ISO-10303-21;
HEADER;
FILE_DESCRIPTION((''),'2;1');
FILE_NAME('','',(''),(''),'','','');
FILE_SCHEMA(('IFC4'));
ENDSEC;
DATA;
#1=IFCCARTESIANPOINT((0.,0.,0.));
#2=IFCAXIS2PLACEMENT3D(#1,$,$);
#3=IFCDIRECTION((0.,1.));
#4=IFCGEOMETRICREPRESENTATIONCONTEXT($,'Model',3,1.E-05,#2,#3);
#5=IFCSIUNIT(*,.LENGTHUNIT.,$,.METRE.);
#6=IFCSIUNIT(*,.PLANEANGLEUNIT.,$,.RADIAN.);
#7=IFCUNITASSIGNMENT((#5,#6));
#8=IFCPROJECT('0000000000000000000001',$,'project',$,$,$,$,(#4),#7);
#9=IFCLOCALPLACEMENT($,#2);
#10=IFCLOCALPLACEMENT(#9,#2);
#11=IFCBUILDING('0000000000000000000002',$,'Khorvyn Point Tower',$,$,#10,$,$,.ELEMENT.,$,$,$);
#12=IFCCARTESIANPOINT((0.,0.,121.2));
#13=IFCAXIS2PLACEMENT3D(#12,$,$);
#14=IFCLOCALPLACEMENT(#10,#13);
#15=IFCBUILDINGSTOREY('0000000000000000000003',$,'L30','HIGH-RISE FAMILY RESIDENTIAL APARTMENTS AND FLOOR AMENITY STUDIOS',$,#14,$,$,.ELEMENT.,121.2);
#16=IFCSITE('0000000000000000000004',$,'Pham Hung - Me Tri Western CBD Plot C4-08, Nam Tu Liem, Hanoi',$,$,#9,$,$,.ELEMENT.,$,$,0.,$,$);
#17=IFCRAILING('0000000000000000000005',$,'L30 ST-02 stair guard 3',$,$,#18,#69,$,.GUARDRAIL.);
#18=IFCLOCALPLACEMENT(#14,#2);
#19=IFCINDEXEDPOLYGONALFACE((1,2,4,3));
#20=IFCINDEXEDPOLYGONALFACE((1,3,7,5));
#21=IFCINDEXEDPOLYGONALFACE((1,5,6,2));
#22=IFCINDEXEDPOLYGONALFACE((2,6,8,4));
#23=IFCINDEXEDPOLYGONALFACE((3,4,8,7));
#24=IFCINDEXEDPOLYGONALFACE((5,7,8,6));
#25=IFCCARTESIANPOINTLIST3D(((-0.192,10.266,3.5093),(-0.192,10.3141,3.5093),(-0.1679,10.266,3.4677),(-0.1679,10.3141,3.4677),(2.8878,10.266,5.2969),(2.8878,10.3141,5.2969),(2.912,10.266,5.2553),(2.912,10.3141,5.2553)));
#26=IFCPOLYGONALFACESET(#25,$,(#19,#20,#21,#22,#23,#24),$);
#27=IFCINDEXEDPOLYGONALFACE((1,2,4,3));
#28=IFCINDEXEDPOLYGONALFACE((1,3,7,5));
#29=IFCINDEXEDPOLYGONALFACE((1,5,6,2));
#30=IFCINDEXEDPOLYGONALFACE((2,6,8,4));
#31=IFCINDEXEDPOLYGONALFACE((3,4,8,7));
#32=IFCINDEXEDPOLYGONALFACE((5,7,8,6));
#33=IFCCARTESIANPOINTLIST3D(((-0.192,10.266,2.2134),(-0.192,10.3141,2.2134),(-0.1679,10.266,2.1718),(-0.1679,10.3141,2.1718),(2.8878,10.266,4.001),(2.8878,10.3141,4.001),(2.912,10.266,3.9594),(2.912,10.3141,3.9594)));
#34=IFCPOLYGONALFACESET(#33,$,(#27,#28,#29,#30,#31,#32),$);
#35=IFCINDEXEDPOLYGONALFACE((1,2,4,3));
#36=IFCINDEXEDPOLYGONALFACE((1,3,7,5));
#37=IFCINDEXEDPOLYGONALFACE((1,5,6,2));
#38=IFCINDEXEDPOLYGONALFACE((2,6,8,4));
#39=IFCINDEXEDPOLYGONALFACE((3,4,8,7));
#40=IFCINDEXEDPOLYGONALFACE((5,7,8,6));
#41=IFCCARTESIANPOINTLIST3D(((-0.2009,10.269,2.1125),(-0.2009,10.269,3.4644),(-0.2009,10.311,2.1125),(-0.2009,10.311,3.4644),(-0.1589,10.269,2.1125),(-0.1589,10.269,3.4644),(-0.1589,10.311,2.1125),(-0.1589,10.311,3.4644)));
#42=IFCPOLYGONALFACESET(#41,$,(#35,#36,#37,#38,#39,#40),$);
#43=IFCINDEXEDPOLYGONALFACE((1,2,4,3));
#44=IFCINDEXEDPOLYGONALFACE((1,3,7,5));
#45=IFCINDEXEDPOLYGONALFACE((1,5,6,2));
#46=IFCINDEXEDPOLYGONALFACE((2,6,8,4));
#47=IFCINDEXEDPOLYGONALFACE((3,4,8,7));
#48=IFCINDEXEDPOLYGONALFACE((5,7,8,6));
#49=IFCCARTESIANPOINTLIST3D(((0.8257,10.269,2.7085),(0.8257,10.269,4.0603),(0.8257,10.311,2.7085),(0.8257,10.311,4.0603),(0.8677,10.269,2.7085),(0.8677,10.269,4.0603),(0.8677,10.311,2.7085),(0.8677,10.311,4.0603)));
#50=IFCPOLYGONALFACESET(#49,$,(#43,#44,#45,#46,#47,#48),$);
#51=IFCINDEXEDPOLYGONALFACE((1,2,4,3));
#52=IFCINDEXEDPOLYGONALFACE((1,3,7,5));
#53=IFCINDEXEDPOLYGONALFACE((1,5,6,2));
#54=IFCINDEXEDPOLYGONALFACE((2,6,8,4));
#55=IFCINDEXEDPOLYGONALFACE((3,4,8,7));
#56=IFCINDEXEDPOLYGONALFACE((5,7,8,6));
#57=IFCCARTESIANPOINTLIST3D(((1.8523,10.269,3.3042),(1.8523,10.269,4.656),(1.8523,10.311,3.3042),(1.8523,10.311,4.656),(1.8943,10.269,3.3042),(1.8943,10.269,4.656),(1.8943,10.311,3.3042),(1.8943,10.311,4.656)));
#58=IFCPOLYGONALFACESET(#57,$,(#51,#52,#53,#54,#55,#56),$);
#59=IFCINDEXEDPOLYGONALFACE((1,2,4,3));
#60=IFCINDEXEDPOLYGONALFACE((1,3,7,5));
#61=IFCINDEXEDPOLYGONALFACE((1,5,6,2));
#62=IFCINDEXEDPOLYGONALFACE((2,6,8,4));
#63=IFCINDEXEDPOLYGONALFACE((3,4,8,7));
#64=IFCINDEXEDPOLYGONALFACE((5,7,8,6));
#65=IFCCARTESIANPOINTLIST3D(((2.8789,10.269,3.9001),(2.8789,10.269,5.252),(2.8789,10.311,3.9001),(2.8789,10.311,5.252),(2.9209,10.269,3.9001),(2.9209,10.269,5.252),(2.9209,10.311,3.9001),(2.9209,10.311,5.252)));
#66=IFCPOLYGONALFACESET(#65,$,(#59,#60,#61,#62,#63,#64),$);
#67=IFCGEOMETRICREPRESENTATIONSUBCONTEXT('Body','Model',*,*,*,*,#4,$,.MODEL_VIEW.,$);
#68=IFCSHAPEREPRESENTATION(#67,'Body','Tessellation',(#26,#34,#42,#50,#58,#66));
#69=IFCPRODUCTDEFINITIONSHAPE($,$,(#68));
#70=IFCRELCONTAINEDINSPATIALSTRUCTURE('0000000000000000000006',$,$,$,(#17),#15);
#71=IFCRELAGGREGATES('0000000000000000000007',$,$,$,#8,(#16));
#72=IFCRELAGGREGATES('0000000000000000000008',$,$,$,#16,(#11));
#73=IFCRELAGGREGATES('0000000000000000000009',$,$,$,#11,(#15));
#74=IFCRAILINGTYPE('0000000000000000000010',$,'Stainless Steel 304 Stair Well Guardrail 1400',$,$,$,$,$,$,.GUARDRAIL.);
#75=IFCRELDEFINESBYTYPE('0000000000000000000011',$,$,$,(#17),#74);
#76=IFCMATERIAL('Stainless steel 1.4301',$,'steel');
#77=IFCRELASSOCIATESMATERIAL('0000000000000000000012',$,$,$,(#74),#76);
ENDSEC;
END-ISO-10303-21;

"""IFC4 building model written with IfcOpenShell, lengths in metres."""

from ifc_helpers import new_model, si_unit, direction, frame, origin, origin_2d, place, context, subcontext, project, spatial, rectangle, extrude, material, type_object, element, save


model = new_model("IFC4")

# Units and contexts
model_context = context("Model", 3, precision=1e-05, world=origin(), true_north=direction((0.0, 1.0)))
body_context = subcontext(model_context, "Body", "Model", "MODEL_VIEW")
ifc_project = project(units=[si_unit("LENGTHUNIT", "METRE"), si_unit("PLANEANGLEUNIT", "RADIAN")], contexts=[model_context])

# Site, building, storey
site_placement = place(None, origin())
site = spatial("IfcSite", under=ifc_project, at=site_placement, Name="Pham Hung - Me Tri Western CBD Plot C4-08, Nam Tu Liem, Hanoi", CompositionType="ELEMENT", RefElevation=0.0)
building_placement = place(site_placement, origin())
building = spatial("IfcBuilding", under=site, at=building_placement, Name="Khorvyn Point Tower", CompositionType="ELEMENT")
storey_placement = place(building_placement, frame((0.0, 0.0, 121.2)))
storey = spatial("IfcBuildingStorey", under=building, at=storey_placement, Name="L30", Description="HIGH-RISE FAMILY RESIDENTIAL APARTMENTS AND FLOOR AMENITY STUDIOS", CompositionType="ELEMENT", Elevation=121.2)

# Railing
ifc_material_1 = material(Name="Stainless steel 1.4301", Category="steel")
railing_type_1 = type_object("IfcRailingType", Name="Stainless Steel 304 Stair Well Guardrail 1400", PredefinedType="GUARDRAIL", material=ifc_material_1)
railing_1_placement = place(storey_placement, frame((-0.1799, 10.29, 2.1125)))
element("IfcRailing", 1, at=railing_1_placement, inside=storey, type_object=railing_type_1, Name="L30 ST-02 stair guard 3", PredefinedType="GUARDRAIL", context=body_context, shape_type="SweptSolid", body=[
    extrude(rectangle(XDim=0.0481, YDim=0.0481, at=origin_2d()), frame((0.0, 0.0, 1.376), z_axis=(0.864873, 0.0, 0.50199), x_axis=(0.0, 1.0, 0.0)), (0.0, 0.0, 1.0), 3.561),
    extrude(rectangle(XDim=0.0481, YDim=0.0481, at=origin_2d()), frame((0.0, 0.0, 0.0801), z_axis=(0.864873, 0.0, 0.50199), x_axis=(0.0, 1.0, 0.0)), (0.0, 0.0, 1.0), 3.561),
    extrude(rectangle(XDim=0.042, YDim=0.042, at=origin_2d()), origin(), (0.0, 0.0, 1.0), 1.3518),
    extrude(rectangle(XDim=0.042, YDim=0.042, at=origin_2d()), frame((1.0266, 0.0, 0.5959)), (0.0, 0.0, 1.0), 1.3518),
    extrude(rectangle(XDim=0.042, YDim=0.042, at=origin_2d()), frame((2.0532, 0.0, 1.1917)), (0.0, 0.0, 1.0), 1.3518),
    extrude(rectangle(XDim=0.042, YDim=0.042, at=origin_2d()), frame((3.0798, 0.0, 1.7876)), (0.0, 0.0, 1.0), 1.3518),
])

save(model, "model.ifc")
